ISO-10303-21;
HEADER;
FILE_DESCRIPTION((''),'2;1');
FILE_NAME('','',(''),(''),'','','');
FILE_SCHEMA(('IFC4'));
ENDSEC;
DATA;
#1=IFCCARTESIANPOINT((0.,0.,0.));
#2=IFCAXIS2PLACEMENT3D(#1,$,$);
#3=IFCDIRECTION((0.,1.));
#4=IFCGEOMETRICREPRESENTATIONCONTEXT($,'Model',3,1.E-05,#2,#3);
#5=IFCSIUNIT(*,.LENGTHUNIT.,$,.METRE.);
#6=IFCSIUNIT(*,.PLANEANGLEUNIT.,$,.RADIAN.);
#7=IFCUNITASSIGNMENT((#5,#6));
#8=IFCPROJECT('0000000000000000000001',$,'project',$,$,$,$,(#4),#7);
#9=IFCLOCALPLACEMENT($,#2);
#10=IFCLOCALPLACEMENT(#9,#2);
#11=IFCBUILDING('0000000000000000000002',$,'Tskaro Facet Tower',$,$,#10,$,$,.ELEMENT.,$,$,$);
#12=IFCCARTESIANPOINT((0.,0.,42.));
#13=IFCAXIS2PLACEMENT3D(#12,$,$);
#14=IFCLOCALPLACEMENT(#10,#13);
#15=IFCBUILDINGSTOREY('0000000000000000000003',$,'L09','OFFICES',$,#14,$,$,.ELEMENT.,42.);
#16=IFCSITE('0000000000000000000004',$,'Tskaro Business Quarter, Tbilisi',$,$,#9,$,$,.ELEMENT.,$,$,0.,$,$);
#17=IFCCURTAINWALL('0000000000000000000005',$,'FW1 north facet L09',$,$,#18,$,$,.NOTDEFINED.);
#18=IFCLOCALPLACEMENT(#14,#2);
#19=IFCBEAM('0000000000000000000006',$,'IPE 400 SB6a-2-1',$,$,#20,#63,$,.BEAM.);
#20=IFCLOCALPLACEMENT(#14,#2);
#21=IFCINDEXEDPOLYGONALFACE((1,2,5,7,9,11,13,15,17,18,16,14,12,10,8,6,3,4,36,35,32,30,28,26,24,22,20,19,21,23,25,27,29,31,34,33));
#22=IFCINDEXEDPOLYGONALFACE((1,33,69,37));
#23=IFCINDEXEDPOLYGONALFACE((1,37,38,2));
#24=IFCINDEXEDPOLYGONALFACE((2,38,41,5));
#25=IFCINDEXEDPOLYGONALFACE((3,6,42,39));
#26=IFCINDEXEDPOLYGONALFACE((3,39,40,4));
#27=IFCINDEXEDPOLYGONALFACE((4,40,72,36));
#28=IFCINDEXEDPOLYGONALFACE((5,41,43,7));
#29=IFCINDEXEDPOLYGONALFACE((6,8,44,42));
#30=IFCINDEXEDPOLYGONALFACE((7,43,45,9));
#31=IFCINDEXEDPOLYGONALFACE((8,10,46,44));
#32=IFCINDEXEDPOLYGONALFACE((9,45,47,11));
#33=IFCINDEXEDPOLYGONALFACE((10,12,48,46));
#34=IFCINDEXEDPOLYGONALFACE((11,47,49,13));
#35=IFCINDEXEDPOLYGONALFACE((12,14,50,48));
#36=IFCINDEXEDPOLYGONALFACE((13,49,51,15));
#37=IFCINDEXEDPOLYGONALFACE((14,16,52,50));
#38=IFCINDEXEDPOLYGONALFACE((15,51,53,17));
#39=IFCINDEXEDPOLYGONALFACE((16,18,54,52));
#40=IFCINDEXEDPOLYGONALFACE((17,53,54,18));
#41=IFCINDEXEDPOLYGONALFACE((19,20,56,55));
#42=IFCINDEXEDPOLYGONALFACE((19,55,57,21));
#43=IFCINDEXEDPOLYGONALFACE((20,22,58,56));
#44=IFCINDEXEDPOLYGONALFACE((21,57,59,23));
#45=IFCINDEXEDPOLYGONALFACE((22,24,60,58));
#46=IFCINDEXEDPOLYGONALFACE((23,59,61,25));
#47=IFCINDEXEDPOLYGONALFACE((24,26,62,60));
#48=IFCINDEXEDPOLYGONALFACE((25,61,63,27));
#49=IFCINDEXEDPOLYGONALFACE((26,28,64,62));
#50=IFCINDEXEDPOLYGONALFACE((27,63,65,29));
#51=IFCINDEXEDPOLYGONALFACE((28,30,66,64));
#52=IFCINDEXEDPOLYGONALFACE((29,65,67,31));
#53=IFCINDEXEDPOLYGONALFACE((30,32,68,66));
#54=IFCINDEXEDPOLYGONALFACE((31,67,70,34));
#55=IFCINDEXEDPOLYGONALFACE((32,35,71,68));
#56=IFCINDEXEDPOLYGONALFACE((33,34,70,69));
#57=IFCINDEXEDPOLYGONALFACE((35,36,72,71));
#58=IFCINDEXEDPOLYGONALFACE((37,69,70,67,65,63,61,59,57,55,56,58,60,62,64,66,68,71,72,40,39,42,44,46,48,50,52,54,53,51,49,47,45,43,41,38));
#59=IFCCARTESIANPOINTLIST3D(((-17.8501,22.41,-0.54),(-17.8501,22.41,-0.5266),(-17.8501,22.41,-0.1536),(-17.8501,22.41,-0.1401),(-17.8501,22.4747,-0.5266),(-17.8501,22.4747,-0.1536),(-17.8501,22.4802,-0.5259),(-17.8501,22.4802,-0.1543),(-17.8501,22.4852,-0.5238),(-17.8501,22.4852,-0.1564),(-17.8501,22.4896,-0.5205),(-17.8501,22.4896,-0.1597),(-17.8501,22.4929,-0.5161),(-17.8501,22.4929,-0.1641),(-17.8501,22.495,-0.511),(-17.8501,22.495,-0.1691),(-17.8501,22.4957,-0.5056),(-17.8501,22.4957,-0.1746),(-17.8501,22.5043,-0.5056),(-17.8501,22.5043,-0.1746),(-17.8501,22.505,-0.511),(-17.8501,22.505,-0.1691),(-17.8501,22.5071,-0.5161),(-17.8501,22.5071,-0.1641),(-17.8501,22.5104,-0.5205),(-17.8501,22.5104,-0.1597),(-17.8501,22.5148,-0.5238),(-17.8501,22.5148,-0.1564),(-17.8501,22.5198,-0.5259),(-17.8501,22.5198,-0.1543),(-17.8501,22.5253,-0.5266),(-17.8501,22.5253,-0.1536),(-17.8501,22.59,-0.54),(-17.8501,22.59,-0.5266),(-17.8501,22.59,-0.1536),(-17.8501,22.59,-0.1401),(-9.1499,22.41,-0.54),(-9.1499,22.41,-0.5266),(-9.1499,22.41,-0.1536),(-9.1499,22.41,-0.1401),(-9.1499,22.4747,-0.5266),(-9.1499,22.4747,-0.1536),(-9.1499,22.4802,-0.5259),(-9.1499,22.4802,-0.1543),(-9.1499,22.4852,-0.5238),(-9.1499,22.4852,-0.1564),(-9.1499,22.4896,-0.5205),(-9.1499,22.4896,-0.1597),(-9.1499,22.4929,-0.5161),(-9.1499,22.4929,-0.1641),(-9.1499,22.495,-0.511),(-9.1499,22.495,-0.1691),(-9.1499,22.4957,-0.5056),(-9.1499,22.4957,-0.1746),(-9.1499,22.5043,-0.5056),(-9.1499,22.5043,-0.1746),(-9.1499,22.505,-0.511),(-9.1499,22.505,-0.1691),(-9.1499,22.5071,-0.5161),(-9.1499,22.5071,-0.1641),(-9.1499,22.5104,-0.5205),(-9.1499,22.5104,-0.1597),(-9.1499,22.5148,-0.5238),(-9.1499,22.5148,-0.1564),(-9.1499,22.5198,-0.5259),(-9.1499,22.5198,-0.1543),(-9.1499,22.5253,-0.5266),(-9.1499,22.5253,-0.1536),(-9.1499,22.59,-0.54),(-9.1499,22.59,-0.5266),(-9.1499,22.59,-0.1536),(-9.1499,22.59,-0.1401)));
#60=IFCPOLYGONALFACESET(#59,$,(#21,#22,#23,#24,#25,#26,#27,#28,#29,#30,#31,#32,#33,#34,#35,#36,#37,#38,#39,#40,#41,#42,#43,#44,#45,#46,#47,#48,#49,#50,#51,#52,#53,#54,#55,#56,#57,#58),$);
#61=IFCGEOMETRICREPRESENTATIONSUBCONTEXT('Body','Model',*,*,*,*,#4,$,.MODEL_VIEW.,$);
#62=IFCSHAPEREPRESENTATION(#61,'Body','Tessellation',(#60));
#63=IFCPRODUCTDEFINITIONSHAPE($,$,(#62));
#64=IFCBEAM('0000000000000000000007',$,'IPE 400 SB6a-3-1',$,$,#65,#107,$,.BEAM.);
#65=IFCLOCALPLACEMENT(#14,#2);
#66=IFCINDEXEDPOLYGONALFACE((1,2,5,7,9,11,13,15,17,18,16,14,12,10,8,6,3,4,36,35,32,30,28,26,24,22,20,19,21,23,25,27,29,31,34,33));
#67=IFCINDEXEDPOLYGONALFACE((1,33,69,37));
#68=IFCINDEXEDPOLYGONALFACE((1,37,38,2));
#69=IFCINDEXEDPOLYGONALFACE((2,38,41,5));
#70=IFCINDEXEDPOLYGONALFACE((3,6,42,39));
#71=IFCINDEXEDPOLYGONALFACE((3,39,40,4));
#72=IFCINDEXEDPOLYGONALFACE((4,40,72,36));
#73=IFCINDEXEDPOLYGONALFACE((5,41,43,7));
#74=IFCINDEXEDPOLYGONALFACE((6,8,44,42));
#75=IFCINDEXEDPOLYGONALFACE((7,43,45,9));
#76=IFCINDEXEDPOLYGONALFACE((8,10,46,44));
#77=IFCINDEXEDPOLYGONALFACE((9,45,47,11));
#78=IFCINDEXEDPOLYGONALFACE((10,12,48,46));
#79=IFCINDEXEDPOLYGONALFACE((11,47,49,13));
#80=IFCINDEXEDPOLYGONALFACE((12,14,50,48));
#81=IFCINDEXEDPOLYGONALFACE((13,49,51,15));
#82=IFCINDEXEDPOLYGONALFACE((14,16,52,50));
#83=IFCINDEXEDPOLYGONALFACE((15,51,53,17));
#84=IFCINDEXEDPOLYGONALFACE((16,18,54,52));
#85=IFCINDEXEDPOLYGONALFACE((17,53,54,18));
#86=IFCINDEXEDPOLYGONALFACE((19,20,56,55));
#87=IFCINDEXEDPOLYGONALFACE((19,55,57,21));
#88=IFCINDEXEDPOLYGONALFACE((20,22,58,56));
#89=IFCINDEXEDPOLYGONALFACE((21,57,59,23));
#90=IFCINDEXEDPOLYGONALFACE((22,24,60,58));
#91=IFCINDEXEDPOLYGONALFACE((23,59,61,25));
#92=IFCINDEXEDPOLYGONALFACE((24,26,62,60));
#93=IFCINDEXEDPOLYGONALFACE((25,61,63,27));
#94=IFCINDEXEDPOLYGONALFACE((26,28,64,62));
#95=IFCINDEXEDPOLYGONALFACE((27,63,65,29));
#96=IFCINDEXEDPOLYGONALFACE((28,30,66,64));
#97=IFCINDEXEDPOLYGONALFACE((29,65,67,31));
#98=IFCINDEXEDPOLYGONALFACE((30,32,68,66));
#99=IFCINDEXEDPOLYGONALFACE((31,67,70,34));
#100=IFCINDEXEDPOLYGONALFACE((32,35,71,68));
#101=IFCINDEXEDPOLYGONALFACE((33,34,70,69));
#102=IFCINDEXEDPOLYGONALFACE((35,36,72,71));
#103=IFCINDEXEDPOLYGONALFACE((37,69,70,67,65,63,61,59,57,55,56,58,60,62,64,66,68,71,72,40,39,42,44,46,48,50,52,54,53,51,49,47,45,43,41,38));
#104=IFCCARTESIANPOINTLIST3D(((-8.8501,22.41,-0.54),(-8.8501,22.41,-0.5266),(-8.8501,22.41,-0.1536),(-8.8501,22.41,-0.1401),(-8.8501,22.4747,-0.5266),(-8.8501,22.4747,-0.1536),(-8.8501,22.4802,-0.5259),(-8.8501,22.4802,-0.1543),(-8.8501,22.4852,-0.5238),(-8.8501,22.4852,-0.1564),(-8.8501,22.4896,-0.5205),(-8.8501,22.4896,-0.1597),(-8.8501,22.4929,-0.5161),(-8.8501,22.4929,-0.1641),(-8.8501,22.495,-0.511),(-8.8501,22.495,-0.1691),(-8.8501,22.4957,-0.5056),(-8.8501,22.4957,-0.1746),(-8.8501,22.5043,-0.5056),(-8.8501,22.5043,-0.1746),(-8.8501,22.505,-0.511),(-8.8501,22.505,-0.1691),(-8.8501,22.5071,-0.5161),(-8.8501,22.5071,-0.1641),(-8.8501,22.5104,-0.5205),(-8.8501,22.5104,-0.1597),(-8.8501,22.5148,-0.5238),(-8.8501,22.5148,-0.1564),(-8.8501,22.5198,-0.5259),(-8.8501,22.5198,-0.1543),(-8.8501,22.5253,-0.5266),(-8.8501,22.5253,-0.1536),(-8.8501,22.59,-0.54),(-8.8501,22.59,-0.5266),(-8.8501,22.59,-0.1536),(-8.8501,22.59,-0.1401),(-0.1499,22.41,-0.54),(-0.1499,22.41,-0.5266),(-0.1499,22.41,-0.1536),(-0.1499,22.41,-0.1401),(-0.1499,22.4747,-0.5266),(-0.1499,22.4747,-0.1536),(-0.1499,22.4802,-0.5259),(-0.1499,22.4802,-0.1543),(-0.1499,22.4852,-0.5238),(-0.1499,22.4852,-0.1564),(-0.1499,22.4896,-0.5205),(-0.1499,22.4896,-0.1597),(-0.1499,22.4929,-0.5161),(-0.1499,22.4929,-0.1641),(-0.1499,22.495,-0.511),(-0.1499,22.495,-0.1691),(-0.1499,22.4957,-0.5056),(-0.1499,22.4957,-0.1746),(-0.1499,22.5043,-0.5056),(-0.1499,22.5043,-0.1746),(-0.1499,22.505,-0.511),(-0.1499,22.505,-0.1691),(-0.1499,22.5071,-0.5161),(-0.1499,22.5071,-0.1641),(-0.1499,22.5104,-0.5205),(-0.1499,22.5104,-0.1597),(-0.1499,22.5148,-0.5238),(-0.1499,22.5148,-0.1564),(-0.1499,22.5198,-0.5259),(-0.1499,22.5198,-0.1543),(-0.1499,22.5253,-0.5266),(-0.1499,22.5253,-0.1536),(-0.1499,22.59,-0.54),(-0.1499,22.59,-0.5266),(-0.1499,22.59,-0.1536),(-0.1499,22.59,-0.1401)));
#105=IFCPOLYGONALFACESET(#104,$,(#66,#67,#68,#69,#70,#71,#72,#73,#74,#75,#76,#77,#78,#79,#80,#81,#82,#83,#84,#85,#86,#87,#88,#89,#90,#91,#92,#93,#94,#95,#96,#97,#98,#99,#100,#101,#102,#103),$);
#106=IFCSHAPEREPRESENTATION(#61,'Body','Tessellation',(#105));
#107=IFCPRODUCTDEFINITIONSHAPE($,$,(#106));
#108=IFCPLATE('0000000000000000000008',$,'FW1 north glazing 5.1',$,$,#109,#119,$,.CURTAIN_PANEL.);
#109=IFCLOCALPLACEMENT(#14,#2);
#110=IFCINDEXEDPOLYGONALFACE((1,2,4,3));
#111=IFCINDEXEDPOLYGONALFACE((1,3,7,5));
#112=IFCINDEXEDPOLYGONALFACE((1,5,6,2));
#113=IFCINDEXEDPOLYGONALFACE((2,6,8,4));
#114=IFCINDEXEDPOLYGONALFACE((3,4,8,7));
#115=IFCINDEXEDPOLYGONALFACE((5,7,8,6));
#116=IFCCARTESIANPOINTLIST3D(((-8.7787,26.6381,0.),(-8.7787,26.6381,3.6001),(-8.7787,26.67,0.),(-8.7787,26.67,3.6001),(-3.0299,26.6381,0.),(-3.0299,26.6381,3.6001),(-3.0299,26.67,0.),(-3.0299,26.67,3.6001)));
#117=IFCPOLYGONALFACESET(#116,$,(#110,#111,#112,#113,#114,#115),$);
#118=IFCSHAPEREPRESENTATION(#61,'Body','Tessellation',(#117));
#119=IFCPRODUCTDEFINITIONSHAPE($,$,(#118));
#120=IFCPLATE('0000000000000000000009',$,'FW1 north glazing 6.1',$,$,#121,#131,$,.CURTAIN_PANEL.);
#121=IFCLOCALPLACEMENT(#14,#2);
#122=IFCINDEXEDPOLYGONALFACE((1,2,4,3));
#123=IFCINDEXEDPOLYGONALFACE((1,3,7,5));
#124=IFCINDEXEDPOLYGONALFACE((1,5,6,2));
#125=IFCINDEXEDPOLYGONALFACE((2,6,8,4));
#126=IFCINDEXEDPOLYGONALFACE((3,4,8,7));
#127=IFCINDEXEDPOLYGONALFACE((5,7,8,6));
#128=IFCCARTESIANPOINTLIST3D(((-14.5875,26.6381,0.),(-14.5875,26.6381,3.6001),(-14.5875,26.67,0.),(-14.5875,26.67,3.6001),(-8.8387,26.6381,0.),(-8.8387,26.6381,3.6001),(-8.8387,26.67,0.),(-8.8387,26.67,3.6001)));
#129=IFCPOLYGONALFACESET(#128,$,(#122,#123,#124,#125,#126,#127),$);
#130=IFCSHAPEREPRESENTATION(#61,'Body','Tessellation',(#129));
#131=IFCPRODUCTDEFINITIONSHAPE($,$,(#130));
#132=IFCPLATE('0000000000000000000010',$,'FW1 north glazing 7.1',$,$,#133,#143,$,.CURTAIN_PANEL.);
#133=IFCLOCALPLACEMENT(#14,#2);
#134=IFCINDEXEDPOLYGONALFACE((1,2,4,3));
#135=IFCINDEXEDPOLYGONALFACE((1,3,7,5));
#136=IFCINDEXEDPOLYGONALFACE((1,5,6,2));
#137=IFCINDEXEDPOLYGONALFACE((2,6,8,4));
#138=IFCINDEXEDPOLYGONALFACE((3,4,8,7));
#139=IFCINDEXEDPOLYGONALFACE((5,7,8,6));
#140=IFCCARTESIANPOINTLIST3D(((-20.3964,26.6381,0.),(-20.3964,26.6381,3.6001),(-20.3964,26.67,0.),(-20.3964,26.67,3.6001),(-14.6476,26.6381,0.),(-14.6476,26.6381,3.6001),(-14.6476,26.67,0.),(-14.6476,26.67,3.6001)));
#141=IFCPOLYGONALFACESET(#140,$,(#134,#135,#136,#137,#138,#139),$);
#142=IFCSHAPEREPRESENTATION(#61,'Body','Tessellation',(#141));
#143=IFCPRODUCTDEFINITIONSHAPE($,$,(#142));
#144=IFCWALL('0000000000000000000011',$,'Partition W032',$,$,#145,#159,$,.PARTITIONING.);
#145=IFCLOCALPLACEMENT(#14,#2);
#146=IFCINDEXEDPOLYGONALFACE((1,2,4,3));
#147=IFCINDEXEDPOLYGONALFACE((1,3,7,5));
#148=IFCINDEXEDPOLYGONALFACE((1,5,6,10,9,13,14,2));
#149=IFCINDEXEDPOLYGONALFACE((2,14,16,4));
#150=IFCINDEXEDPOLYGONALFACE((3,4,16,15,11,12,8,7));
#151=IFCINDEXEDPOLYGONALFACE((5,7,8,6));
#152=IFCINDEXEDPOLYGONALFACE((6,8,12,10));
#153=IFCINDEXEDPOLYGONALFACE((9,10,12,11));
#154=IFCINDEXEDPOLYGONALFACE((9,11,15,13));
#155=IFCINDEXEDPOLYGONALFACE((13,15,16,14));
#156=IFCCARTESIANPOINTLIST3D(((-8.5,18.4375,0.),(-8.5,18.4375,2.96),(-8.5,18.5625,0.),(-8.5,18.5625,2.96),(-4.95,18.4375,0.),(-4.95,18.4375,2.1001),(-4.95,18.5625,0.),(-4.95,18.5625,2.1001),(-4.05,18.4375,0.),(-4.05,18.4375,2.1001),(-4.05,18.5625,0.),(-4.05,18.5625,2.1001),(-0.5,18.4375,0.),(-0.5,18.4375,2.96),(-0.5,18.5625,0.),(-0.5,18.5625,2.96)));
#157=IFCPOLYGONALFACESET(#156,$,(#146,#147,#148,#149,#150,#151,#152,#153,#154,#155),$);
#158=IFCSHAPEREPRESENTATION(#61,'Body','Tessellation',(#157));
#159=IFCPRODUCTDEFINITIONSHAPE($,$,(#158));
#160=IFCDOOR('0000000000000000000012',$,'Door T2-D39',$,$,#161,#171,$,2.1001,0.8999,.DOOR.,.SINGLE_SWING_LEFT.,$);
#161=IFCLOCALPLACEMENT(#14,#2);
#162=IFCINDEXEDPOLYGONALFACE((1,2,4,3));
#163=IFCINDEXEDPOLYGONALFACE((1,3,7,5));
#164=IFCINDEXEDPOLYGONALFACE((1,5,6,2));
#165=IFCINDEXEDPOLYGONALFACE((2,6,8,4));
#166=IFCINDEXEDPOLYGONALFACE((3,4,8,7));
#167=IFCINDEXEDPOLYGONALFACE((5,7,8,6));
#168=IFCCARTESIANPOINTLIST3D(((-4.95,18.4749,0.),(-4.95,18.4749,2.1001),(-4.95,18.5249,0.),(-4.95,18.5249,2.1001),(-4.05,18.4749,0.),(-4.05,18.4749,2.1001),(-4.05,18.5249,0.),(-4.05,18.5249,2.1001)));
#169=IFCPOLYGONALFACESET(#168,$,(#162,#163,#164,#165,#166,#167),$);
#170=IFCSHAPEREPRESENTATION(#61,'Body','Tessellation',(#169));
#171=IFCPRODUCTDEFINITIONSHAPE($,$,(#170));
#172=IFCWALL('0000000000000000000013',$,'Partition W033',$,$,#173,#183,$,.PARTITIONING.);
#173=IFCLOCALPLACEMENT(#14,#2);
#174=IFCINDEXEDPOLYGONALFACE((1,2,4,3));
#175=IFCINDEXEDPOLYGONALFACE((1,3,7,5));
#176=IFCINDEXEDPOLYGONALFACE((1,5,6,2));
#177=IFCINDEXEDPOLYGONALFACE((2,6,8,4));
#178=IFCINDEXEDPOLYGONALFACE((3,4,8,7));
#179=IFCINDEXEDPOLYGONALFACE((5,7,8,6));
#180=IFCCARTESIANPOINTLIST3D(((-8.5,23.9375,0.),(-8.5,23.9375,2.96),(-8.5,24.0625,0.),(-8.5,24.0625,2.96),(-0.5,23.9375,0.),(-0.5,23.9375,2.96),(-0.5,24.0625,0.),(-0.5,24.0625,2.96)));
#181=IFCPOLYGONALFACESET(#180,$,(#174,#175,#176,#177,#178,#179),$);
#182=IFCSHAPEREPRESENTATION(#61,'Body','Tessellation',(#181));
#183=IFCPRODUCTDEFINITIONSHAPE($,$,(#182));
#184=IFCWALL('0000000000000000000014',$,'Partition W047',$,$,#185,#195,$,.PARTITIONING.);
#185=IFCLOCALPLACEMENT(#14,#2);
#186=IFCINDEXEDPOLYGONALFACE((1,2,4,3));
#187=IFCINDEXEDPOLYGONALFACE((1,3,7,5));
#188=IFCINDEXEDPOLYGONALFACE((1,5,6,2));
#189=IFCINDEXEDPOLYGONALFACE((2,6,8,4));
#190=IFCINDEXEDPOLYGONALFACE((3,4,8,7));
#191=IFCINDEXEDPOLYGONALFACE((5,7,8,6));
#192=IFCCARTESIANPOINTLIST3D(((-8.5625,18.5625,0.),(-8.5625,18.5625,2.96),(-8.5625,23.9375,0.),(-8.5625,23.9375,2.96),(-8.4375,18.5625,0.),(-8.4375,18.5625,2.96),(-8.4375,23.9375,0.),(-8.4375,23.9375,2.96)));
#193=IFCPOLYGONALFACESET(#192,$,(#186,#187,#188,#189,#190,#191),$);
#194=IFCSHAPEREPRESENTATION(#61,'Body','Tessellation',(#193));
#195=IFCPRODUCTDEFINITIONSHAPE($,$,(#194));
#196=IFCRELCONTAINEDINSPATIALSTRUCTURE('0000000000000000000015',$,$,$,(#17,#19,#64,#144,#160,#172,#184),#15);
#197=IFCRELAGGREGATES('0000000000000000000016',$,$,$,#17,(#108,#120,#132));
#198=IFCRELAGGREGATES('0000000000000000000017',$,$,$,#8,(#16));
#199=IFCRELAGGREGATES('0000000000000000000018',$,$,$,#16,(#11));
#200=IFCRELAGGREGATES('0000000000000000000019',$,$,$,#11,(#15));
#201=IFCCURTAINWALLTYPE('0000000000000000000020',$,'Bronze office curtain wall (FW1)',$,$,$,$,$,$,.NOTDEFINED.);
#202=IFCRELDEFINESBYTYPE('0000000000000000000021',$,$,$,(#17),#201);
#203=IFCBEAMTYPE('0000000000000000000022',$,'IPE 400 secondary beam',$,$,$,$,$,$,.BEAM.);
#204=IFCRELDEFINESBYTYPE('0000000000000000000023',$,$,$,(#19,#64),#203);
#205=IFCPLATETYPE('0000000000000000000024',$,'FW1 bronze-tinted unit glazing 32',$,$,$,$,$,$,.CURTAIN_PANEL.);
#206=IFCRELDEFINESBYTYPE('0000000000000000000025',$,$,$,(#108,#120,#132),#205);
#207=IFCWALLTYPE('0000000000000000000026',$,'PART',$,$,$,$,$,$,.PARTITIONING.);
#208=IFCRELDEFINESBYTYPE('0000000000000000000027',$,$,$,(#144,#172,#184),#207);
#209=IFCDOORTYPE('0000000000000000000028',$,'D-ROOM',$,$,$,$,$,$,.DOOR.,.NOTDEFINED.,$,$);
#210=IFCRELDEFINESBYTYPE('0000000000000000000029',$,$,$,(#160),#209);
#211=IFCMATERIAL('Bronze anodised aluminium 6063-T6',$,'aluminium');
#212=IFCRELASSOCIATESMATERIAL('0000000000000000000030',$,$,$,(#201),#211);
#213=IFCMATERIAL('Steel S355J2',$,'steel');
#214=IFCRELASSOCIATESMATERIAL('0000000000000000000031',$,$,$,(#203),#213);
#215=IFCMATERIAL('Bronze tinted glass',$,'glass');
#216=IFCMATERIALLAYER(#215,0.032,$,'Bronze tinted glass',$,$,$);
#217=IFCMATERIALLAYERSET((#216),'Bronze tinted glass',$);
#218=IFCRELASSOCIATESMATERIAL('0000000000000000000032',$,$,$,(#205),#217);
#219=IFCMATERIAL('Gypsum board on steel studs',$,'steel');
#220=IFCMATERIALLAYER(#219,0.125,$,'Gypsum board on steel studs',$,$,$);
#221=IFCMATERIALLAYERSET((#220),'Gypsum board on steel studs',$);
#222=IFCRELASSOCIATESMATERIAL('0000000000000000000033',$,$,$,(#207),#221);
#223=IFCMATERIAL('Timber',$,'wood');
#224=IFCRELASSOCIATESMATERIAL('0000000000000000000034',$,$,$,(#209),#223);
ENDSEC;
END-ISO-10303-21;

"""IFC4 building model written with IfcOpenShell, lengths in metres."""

from ifc_helpers import new_model, si_unit, direction, frame, frame_2d, origin, origin_2d, place, context, subcontext, project, spatial, rectangle, i_section, extrude, material, layer, layer_set, material_profile, profile_set, type_object, element, fill, aggregate, save


model = new_model("IFC4")

# Units and contexts
model_context = context("Model", 3, precision=1e-05, world=origin(), true_north=direction((0.0, 1.0)))
body_context = subcontext(model_context, "Body", "Model", "MODEL_VIEW")
ifc_project = project(units=[si_unit("LENGTHUNIT", "METRE"), si_unit("PLANEANGLEUNIT", "RADIAN")], contexts=[model_context])

# Site, building, storey
site_placement = place(None, origin())
site = spatial("IfcSite", under=ifc_project, at=site_placement, Name="Tskaro Business Quarter, Tbilisi", CompositionType="ELEMENT", RefElevation=0.0)
building_placement = place(site_placement, origin())
building = spatial("IfcBuilding", under=site, at=building_placement, Name="Tskaro Facet Tower", CompositionType="ELEMENT")
storey_placement = place(building_placement, frame((0.0, 0.0, 42.0)))
storey = spatial("IfcBuildingStorey", under=building, at=storey_placement, Name="L09", Description="OFFICES", CompositionType="ELEMENT", Elevation=42.0)

# Curtain wall
ifc_material_1 = material(Name="Bronze anodised aluminium 6063-T6", Category="aluminium")
curtain_wall_type = type_object("IfcCurtainWallType", Name="Bronze office curtain wall (FW1)", PredefinedType="NOTDEFINED", material=ifc_material_1)
curtain_wall_placement = place(storey_placement, origin())
curtain_wall = element("IfcCurtainWall", 1, at=curtain_wall_placement, inside=storey, type_object=curtain_wall_type, Name="FW1 north facet L09", PredefinedType="NOTDEFINED")

# Beams
ifc_material_2 = material(Name="Steel S355J2", Category="steel")
ifc_material_profile_1 = material_profile(ifc_material_2, i_section(OverallWidth=0.1799, OverallDepth=0.3999, WebThickness=0.0085, FlangeThickness=0.0134, FilletRadius=0.021, at=origin_2d()), Name="IPE 400")
ifc_profile_set_1 = profile_set([ifc_material_profile_1], Name="Steel S355J2")
beam_type_1 = type_object("IfcBeamType", Name="IPE 400 secondary beam", PredefinedType="BEAM", material=ifc_profile_set_1)
for number, where, z_axis, x_axis, name in (
    (2, (-17.8501, 22.5, -0.3401), (1.0, 0.0, 0.0), (0.0, 1.0, 0.0), "IPE 400 SB6a-2-1"),
    (3, (-8.8501, 22.5, -0.3401), (1.0, 0.0, 0.0), (0.0, 1.0, 0.0), "IPE 400 SB6a-3-1"),
):
    element("IfcBeam", number, at=place(storey_placement, frame(where, z_axis=z_axis, x_axis=x_axis)), inside=storey, type_object=beam_type_1, Name=name, PredefinedType="BEAM", context=body_context, shape_type="SweptSolid", body=[
        extrude(i_section(OverallWidth=0.1799, OverallDepth=0.3999, WebThickness=0.0085, FlangeThickness=0.0134, FilletRadius=0.021, at=origin_2d()), origin(), (0.0, 0.0, 1.0), 8.7002),
    ])

# Plates
ifc_material_3 = material(Name="Bronze tinted glass", Category="glass")
ifc_layer_1 = layer(ifc_material_3, 0.032, Name="Bronze tinted glass")
ifc_layer_set_1 = layer_set([ifc_layer_1], Name="Bronze tinted glass")
plate_type = type_object("IfcPlateType", Name="FW1 bronze-tinted unit glazing 32", PredefinedType="CURTAIN_PANEL", material=ifc_layer_set_1)
plate_1_placement = place(storey_placement, frame((-5.9043, 26.6541, 0.0), z_axis=(0.0, 0.0, 1.0), x_axis=(-1.0, 0.0, 0.0)))
plate_1 = element("IfcPlate", 4, at=plate_1_placement, type_object=plate_type, Name="FW1 north glazing 5.1", PredefinedType="CURTAIN_PANEL", context=body_context, shape_type="SweptSolid", body=[
    extrude(rectangle(XDim=5.7488, YDim=0.032, at=origin_2d()), origin(), (0.0, 0.0, 1.0), 3.6001),
])
plate_2_placement = place(storey_placement, frame((-11.7131, 26.6541, 0.0), z_axis=(0.0, 0.0, 1.0), x_axis=(-1.0, 0.0, 0.0)))
plate_2 = element("IfcPlate", 5, at=plate_2_placement, type_object=plate_type, Name="FW1 north glazing 6.1", PredefinedType="CURTAIN_PANEL", context=body_context, shape_type="SweptSolid", body=[
    extrude(rectangle(XDim=5.7488, YDim=0.032, at=origin_2d()), origin(), (0.0, 0.0, 1.0), 3.6001),
])
plate_3_placement = place(storey_placement, frame((-17.522, 26.6541, 0.0), z_axis=(0.0, 0.0, 1.0), x_axis=(-1.0, 0.0, 0.0)))
plate_3 = element("IfcPlate", 6, at=plate_3_placement, type_object=plate_type, Name="FW1 north glazing 7.1", PredefinedType="CURTAIN_PANEL", context=body_context, shape_type="SweptSolid", body=[
    extrude(rectangle(XDim=5.7488, YDim=0.032, at=origin_2d()), origin(), (0.0, 0.0, 1.0), 3.6001),
])
aggregate(curtain_wall, [plate_1, plate_2, plate_3])

# Wall, opening, door
ifc_material_4 = material(Name="Gypsum board on steel studs", Category="steel")
ifc_layer_2 = layer(ifc_material_4, 0.125, Name="Gypsum board on steel studs")
ifc_layer_set_2 = layer_set([ifc_layer_2], Name="Gypsum board on steel studs")
wall_type = type_object("IfcWallType", Name="PART", PredefinedType="PARTITIONING", material=ifc_layer_set_2)
wall_1_placement = place(storey_placement, frame((-8.5, 18.5, 0.0), z_axis=(0.0, 0.0, 1.0), x_axis=(1.0, 0.0, 0.0)))
wall_1 = element("IfcWall", 7, at=wall_1_placement, inside=storey, type_object=wall_type, Name="Partition W032", PredefinedType="PARTITIONING", context=body_context, shape_type="SweptSolid", body=[
    extrude(rectangle(XDim=8.0, YDim=0.125, at=frame_2d((4.0, 0.0))), origin(), (0.0, 0.0, 1.0), 2.96),
])
opening_placement = place(wall_1_placement, frame((3.55, 0.0, 0.0)))
opening = element("IfcOpeningElement", 8, at=opening_placement, cuts=wall_1, PredefinedType="OPENING", context=body_context, shape_type="SweptSolid", body=[
    extrude(rectangle(XDim=0.8999, YDim=2.1001, at=frame_2d((0.45, 1.05))), frame((0.0, 0.0725, 0.0), z_axis=(0.0, -1.0, 0.0), x_axis=(1.0, 0.0, 0.0)), (0.0, 0.0, 1.0), 0.145),
])
ifc_material_5 = material(Name="Timber", Category="wood")
door_type = type_object("IfcDoorType", Name="D-ROOM", OperationType="NOTDEFINED", PredefinedType="DOOR", material=ifc_material_5)
door_placement = place(opening_placement, origin())
door = element("IfcDoor", 9, at=door_placement, inside=storey, type_object=door_type, Name="Door T2-D39", OperationType="SINGLE_SWING_LEFT", OverallHeight=2.1001, OverallWidth=0.8999, PredefinedType="DOOR", context=body_context, shape_type="SweptSolid", body=[
    extrude(rectangle(XDim=0.8999, YDim=2.1001, at=frame_2d((0.45, 1.05))), frame((0.0, 0.0249, 0.0), z_axis=(0.0, -1.0, 0.0), x_axis=(1.0, 0.0, 0.0)), (0.0, 0.0, 1.0), 0.05),
])
fill(opening, door)

# Walls
wall_2_placement = place(storey_placement, frame((-8.5, 24.0, 0.0), z_axis=(0.0, 0.0, 1.0), x_axis=(1.0, 0.0, 0.0)))
element("IfcWall", 10, at=wall_2_placement, inside=storey, type_object=wall_type, Name="Partition W033", PredefinedType="PARTITIONING", context=body_context, shape_type="SweptSolid", body=[
    extrude(rectangle(XDim=8.0, YDim=0.125, at=frame_2d((4.0, 0.0))), origin(), (0.0, 0.0, 1.0), 2.96),
])
wall_3_placement = place(storey_placement, frame((-8.5, 18.5625, 0.0), z_axis=(0.0, 0.0, 1.0), x_axis=(0.0, 1.0, 0.0)))
element("IfcWall", 11, at=wall_3_placement, inside=storey, type_object=wall_type, Name="Partition W047", PredefinedType="PARTITIONING", context=body_context, shape_type="SweptSolid", body=[
    extrude(rectangle(XDim=5.375, YDim=0.125, at=frame_2d((2.6875, 0.0))), origin(), (0.0, 0.0, 1.0), 2.96),
])

save(model, "model.ifc")
